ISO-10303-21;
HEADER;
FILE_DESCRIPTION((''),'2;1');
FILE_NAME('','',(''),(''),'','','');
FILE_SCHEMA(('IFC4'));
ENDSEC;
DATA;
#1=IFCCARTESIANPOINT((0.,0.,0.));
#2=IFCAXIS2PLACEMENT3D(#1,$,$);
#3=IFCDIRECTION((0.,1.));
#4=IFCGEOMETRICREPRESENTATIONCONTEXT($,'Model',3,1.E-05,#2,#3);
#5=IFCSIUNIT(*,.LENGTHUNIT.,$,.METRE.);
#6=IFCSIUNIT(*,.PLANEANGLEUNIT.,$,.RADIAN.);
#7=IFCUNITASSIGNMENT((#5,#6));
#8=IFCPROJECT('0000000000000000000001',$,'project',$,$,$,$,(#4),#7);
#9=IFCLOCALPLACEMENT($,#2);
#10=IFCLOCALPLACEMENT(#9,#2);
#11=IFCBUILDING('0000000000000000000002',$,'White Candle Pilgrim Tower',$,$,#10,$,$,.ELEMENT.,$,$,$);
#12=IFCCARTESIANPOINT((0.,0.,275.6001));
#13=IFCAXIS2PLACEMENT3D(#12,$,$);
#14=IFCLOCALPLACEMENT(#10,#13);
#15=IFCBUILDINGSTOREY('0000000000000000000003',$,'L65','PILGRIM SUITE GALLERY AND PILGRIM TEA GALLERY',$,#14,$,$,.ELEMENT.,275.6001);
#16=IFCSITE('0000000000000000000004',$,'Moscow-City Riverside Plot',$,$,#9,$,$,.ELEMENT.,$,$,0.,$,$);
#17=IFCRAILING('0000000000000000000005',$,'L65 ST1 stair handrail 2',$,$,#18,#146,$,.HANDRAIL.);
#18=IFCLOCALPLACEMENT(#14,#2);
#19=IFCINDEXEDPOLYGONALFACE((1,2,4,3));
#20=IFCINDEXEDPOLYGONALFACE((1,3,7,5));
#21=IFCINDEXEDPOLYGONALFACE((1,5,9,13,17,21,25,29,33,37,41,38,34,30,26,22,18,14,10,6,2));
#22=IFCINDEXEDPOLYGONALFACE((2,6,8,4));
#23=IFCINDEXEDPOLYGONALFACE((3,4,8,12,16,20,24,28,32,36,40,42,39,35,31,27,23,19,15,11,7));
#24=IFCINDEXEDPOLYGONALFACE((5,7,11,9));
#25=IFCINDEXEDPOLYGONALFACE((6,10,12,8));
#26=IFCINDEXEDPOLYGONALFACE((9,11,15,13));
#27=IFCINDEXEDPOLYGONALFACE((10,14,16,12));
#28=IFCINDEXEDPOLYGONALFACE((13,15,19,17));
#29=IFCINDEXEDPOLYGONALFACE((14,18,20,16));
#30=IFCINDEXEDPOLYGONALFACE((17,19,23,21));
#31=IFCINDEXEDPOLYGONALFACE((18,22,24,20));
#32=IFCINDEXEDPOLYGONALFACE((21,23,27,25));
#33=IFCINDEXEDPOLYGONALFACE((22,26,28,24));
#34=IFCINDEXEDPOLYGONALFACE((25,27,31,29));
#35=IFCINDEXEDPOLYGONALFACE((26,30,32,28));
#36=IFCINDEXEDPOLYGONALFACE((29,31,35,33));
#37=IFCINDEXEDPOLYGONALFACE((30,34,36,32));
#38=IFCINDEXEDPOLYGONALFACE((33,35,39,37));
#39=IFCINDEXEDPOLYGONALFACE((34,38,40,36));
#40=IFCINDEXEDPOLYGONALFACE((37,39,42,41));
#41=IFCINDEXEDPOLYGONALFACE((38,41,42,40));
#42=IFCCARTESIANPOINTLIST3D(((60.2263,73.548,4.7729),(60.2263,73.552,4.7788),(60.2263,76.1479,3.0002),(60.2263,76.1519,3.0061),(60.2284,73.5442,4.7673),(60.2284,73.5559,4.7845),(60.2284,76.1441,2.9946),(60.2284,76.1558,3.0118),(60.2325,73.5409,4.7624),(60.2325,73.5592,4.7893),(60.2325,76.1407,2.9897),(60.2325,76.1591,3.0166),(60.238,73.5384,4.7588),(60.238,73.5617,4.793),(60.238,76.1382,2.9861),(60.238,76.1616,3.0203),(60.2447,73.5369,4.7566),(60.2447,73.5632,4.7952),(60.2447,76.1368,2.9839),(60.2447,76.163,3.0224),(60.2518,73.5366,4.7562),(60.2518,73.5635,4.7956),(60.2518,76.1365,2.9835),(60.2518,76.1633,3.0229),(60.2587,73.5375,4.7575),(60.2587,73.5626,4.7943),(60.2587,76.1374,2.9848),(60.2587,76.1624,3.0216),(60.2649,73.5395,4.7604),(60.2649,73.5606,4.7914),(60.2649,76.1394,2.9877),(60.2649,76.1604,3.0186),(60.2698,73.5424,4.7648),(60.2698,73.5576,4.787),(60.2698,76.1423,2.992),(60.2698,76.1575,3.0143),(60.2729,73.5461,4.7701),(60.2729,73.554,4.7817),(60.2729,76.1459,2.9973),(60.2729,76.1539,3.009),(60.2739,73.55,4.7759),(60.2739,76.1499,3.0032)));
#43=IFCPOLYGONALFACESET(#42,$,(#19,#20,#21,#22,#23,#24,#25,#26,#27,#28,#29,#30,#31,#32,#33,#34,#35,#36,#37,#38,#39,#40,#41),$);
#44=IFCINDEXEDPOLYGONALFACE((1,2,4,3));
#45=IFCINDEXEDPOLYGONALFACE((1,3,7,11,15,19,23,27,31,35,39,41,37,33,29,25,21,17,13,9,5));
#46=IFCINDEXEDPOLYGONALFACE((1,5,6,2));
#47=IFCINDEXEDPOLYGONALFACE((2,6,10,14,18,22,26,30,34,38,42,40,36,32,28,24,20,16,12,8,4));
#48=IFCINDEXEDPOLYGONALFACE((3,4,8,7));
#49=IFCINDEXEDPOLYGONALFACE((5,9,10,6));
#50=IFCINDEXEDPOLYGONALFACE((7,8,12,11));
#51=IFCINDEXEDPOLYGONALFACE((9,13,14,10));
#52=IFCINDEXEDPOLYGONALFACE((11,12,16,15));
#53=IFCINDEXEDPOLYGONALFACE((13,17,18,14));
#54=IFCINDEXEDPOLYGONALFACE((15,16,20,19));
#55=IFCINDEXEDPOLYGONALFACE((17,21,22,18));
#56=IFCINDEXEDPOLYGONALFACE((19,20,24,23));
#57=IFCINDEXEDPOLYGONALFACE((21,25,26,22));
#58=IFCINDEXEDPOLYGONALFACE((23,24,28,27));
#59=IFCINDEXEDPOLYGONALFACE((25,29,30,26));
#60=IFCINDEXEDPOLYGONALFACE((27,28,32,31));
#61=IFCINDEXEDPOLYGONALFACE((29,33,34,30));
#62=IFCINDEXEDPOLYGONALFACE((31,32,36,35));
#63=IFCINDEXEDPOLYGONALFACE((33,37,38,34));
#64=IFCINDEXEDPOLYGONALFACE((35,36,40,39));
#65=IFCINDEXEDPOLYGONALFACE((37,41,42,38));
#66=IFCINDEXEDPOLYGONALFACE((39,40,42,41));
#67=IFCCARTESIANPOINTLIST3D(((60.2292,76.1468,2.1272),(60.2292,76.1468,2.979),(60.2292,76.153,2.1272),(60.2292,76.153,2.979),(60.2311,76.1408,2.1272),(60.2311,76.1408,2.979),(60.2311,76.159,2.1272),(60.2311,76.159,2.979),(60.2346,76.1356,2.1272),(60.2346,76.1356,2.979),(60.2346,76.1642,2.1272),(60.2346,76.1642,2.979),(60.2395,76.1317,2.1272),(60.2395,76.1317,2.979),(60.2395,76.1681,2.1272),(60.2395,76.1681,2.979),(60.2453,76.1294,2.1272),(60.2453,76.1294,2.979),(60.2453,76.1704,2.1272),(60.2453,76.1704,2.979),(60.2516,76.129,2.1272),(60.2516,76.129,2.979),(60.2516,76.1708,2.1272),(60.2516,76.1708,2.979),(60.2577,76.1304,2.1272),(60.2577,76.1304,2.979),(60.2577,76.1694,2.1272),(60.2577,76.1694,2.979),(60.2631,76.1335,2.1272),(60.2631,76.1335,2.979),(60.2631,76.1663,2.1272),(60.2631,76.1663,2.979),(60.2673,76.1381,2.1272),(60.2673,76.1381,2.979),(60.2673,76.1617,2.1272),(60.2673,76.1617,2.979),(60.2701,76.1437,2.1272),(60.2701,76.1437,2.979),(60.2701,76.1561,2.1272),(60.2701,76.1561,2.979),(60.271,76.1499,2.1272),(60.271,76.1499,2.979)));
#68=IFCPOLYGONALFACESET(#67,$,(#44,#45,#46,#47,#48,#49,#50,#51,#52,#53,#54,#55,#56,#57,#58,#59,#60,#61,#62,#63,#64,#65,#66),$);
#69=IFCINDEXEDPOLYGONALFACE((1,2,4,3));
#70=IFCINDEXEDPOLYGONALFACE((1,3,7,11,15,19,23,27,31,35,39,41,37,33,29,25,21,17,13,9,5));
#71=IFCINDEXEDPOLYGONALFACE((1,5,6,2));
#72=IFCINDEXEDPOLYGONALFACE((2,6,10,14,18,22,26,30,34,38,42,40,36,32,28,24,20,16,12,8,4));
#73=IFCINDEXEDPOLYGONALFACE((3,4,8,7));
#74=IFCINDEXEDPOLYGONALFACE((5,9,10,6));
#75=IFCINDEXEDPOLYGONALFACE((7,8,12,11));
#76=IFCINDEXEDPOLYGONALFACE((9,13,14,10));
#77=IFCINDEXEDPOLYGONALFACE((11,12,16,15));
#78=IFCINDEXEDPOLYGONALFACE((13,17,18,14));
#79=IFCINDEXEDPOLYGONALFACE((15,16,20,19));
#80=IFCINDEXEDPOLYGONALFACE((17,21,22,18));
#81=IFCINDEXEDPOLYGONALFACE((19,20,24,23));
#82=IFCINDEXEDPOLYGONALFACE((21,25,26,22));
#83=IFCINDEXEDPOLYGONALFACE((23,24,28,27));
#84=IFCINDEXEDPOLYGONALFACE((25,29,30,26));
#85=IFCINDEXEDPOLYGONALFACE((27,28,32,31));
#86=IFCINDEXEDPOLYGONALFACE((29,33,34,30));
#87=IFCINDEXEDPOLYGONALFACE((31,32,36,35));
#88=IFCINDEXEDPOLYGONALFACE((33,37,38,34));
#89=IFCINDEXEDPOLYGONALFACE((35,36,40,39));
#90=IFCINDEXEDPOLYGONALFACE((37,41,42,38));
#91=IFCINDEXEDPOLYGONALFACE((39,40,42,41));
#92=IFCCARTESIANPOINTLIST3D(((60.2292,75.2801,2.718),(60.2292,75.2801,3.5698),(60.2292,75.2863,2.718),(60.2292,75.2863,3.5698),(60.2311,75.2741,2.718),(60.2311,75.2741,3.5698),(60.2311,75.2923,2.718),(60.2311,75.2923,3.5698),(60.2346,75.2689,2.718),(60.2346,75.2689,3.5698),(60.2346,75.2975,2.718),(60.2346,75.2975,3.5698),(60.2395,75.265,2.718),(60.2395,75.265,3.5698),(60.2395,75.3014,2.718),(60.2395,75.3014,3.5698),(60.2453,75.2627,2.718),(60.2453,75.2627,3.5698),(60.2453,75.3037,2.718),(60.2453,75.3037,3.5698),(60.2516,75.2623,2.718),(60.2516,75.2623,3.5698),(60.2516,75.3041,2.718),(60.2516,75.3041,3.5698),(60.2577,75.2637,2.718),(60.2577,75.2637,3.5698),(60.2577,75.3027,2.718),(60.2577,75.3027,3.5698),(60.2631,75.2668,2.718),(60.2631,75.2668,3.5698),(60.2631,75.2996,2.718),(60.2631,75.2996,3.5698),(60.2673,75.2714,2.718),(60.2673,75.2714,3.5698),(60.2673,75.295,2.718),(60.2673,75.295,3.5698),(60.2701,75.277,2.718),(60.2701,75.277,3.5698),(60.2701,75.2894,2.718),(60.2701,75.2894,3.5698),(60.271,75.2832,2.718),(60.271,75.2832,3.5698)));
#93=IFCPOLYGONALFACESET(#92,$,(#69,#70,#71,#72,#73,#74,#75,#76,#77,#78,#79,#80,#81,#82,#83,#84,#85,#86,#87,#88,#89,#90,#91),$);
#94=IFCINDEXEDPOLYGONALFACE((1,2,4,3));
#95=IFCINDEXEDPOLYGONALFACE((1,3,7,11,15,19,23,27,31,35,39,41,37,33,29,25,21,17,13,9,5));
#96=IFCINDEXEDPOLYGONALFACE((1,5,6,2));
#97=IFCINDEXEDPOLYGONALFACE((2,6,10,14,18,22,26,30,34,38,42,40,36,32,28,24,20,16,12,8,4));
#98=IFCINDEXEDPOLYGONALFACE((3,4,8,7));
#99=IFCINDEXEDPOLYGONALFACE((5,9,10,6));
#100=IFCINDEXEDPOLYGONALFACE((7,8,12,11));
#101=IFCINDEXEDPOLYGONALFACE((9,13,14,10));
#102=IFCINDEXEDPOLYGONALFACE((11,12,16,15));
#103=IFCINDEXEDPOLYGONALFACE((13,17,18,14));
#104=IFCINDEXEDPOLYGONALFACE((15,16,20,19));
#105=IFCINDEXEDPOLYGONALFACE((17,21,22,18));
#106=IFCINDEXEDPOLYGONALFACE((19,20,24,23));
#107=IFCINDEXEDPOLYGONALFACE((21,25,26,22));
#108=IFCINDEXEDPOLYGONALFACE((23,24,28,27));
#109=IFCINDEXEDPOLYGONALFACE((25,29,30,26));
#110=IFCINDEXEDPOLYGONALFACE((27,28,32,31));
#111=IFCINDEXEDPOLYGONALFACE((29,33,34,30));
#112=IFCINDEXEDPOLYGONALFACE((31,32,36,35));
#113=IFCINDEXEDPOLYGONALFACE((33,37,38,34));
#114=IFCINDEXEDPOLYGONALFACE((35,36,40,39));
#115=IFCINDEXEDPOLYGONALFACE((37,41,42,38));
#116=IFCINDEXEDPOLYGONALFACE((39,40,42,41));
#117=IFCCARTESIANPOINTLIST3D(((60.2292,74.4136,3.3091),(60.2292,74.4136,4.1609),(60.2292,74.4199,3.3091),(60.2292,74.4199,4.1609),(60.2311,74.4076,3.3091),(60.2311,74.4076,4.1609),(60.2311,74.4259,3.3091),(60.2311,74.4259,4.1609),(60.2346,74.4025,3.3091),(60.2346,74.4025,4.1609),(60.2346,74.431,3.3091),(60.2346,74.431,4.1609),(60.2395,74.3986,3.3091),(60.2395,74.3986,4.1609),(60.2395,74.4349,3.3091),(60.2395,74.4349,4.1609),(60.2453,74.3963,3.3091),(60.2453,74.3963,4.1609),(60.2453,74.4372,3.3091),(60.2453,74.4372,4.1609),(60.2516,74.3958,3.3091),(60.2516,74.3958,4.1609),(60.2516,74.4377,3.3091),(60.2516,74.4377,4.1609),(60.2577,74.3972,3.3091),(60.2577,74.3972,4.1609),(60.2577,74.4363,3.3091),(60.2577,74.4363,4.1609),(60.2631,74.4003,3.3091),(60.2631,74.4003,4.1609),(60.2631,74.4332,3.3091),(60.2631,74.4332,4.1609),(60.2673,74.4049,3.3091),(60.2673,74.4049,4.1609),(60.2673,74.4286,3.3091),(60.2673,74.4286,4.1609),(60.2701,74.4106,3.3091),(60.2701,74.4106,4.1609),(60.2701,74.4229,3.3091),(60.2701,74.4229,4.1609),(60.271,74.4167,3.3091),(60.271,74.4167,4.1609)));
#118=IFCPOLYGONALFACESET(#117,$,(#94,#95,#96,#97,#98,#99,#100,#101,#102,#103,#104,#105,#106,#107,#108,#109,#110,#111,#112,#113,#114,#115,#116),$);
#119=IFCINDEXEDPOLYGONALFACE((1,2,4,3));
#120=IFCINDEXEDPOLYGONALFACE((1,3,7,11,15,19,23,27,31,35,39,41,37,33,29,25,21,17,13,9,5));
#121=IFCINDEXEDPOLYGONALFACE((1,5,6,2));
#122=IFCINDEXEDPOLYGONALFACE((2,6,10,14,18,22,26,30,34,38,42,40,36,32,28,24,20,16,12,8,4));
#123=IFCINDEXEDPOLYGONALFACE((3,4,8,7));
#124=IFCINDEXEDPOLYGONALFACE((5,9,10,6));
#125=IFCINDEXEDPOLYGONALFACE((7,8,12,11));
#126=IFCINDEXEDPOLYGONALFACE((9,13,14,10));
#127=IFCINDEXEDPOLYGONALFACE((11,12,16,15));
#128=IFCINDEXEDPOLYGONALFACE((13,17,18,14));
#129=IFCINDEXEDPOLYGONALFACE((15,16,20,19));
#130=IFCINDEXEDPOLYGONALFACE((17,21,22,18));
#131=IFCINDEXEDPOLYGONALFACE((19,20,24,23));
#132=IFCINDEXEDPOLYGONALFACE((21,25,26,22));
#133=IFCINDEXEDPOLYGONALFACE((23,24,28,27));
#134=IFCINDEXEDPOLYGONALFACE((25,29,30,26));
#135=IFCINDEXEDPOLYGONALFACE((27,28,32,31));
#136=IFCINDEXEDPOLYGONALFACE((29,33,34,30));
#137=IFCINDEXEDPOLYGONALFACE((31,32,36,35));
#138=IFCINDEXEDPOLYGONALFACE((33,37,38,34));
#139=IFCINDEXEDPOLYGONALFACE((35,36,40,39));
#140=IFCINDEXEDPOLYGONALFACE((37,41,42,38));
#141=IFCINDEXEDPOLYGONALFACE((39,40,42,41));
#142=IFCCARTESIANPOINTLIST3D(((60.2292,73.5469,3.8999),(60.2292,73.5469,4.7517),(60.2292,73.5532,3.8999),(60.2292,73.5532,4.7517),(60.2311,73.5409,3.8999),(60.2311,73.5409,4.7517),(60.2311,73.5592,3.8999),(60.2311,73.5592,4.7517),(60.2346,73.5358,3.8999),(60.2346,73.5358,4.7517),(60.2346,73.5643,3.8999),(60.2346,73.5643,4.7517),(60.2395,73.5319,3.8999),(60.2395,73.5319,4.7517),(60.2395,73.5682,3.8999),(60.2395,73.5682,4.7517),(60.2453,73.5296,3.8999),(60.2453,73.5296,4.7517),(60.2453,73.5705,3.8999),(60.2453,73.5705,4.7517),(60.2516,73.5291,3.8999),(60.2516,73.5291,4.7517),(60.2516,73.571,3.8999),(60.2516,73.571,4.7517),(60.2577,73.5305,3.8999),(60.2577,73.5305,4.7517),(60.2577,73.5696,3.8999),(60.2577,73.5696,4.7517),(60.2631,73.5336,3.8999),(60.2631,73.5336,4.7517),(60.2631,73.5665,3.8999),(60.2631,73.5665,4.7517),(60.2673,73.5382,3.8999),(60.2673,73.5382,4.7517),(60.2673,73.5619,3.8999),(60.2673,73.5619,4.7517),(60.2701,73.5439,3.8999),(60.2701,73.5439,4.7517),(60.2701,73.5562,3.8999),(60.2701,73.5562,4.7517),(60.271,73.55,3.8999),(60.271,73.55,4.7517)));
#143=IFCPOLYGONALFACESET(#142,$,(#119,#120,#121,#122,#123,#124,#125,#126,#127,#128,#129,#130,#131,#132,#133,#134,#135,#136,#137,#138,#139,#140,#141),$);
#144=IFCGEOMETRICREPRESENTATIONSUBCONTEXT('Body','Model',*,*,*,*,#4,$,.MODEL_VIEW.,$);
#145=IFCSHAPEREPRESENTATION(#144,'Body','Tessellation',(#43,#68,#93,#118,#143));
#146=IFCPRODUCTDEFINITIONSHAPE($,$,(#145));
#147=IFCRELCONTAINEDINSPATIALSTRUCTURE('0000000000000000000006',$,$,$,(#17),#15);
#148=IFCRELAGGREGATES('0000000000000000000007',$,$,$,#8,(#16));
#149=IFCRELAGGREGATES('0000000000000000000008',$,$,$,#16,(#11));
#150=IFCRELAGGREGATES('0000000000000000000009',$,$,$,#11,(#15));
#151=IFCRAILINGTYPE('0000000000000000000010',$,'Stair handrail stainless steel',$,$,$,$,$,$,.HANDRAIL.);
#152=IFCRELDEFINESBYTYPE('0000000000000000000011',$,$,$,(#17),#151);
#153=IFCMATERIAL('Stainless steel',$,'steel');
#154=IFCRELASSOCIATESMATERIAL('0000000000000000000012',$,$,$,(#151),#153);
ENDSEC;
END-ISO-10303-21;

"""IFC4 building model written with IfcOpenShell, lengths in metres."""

from ifc_helpers import new_model, si_unit, direction, frame, origin, origin_2d, place, context, subcontext, project, spatial, circle, extrude, material, type_object, element, save


model = new_model("IFC4")

# Units and contexts
model_context = context("Model", 3, precision=1e-05, world=origin(), true_north=direction((0.0, 1.0)))
body_context = subcontext(model_context, "Body", "Model", "MODEL_VIEW")
ifc_project = project(units=[si_unit("LENGTHUNIT", "METRE"), si_unit("PLANEANGLEUNIT", "RADIAN")], contexts=[model_context])

# Site, building, storey
site_placement = place(None, origin())
site = spatial("IfcSite", under=ifc_project, at=site_placement, Name="Moscow-City Riverside Plot", CompositionType="ELEMENT", RefElevation=0.0)
building_placement = place(site_placement, origin())
building = spatial("IfcBuilding", under=site, at=building_placement, Name="White Candle Pilgrim Tower", CompositionType="ELEMENT")
storey_placement = place(building_placement, frame((0.0, 0.0, 275.6001)))
storey = spatial("IfcBuildingStorey", under=building, at=storey_placement, Name="L65", Description="PILGRIM SUITE GALLERY AND PILGRIM TEA GALLERY", CompositionType="ELEMENT", Elevation=275.6001)

# Shared definitions
ifc_material_1 = material(Name="Stainless steel", Category="steel")

# Railing
railing_type_1 = type_object("IfcRailingType", Name="Stair handrail stainless steel", PredefinedType="HANDRAIL", material=ifc_material_1)
railing_1_placement = place(storey_placement, frame((60.25, 76.1499, 2.1272)))
element("IfcRailing", 1, at=railing_1_placement, inside=storey, type_object=railing_type_1, Name="L65 ST1 stair handrail 2", PredefinedType="HANDRAIL", context=body_context, shape_type="SweptSolid", body=[
    extrude(circle(Radius=0.0239, at=origin_2d()), frame((0.0, 0.0, 0.876), z_axis=(0.0, -0.826216, 0.563354), x_axis=(1.0, 0.0, 0.0)), (0.0, 0.0, 1.0), 3.1467),
    extrude(circle(Radius=0.021, at=origin_2d()), origin(), (0.0, 0.0, 1.0), 0.8518),
    extrude(circle(Radius=0.021, at=origin_2d()), frame((0.0, -0.8667, 0.5908)), (0.0, 0.0, 1.0), 0.8518),
    extrude(circle(Radius=0.021, at=origin_2d()), frame((0.0, -1.7332, 1.1819)), (0.0, 0.0, 1.0), 0.8518),
    extrude(circle(Radius=0.021, at=origin_2d()), frame((0.0, -2.5999, 1.7727)), (0.0, 0.0, 1.0), 0.8518),
])

save(model, "model.ifc")
